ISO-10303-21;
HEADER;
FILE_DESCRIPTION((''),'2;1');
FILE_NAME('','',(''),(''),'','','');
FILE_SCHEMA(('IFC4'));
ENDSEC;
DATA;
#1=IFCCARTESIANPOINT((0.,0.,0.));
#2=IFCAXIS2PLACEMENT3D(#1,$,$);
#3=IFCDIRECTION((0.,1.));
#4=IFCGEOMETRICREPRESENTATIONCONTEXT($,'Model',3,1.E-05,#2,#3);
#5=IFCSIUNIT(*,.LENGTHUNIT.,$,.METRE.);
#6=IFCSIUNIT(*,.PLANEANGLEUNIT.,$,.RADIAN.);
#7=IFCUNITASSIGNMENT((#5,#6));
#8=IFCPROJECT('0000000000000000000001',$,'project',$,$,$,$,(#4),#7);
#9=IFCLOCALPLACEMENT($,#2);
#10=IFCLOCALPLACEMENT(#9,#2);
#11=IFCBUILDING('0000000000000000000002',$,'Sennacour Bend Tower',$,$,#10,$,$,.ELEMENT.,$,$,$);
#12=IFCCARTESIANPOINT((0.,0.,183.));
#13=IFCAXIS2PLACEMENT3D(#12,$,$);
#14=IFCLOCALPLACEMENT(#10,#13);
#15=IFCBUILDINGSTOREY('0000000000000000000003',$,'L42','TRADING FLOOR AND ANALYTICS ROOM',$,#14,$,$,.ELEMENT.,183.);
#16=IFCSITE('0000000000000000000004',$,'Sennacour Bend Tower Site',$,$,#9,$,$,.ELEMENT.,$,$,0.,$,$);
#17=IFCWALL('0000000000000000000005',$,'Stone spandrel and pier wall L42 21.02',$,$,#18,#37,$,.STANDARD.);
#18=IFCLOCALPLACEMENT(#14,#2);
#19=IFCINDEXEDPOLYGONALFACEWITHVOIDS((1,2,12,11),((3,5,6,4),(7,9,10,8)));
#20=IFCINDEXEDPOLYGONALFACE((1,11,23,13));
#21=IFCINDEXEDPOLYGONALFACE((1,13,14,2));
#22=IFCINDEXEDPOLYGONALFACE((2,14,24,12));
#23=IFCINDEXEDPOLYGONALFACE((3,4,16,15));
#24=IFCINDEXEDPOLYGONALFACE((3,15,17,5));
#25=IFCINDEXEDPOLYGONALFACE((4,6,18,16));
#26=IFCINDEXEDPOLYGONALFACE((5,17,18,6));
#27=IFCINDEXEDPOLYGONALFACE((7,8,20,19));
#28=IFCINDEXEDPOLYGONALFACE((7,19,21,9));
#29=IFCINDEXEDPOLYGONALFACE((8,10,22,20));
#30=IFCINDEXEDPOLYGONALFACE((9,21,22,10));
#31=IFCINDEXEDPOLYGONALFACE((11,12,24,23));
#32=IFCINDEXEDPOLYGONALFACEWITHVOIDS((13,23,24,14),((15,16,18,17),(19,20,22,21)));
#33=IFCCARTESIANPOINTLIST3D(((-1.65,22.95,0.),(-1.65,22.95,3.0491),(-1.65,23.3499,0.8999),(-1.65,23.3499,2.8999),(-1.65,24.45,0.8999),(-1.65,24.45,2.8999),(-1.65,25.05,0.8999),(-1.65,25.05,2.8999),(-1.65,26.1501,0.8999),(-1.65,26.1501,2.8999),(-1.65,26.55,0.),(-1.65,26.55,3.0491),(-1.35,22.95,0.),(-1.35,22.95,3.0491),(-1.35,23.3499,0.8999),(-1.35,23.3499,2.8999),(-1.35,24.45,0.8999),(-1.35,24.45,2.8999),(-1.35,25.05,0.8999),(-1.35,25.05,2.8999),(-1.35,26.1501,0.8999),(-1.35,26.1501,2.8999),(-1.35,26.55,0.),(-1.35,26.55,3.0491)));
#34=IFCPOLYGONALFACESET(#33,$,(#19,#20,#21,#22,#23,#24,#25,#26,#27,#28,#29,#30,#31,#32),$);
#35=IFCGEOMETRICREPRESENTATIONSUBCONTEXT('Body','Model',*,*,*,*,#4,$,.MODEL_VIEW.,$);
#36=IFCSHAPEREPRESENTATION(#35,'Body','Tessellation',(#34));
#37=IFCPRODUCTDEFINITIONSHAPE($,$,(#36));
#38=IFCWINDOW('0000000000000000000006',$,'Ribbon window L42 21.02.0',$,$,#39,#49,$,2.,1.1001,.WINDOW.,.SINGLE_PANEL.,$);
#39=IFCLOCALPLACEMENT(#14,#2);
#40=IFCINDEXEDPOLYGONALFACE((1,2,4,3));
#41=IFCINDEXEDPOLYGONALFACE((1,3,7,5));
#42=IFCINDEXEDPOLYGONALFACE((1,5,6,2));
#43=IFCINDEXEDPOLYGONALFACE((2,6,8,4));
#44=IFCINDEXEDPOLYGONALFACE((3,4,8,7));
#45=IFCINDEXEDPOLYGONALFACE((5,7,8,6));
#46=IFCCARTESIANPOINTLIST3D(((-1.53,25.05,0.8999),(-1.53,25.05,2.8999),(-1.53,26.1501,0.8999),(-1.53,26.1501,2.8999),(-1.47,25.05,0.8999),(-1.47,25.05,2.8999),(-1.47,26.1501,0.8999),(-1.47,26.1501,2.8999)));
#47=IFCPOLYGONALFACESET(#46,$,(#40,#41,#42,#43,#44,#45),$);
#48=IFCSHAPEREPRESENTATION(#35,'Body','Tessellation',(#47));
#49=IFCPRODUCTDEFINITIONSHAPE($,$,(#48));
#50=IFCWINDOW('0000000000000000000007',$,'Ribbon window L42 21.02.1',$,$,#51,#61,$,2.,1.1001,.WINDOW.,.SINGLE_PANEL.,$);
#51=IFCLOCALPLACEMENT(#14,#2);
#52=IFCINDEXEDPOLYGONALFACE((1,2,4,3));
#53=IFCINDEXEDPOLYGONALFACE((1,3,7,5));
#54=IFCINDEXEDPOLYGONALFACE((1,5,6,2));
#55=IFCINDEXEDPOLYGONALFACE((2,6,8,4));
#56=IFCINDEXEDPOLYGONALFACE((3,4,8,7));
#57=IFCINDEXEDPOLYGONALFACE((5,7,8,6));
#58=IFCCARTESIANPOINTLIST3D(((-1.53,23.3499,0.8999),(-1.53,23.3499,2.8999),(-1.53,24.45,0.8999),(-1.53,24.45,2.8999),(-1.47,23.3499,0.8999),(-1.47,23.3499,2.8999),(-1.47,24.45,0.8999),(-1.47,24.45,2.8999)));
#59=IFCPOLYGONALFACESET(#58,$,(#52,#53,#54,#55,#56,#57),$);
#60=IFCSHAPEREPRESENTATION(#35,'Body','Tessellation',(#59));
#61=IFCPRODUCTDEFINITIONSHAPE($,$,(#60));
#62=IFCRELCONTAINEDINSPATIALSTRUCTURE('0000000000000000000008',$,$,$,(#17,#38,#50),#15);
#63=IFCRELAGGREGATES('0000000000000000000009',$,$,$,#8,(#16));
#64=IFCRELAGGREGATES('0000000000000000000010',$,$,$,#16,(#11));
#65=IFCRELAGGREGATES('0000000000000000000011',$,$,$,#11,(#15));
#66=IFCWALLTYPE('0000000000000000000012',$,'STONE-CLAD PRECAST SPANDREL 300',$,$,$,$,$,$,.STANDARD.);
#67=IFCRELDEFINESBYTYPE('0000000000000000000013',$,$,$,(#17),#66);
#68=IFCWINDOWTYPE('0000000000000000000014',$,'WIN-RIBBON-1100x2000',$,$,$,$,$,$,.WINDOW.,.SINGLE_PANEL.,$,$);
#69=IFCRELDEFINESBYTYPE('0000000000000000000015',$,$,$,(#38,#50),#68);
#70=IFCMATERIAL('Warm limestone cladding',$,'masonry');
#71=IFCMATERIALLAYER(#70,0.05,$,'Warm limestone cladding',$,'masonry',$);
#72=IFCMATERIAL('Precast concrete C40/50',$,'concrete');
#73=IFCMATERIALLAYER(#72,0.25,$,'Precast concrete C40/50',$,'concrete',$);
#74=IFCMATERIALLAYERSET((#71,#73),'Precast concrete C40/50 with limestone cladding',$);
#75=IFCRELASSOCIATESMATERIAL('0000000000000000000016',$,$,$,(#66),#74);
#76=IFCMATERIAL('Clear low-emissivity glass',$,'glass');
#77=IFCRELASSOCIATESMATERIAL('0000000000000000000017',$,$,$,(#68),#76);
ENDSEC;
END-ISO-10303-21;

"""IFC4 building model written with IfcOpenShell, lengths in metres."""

from ifc_helpers import new_model, si_unit, direction, frame, frame_2d, origin, place, context, subcontext, project, spatial, rectangle, extrude, material, layer, layer_set, type_object, element, fill, save


model = new_model("IFC4")

# Units and contexts
model_context = context("Model", 3, precision=1e-05, world=origin(), true_north=direction((0.0, 1.0)))
body_context = subcontext(model_context, "Body", "Model", "MODEL_VIEW")
ifc_project = project(units=[si_unit("LENGTHUNIT", "METRE"), si_unit("PLANEANGLEUNIT", "RADIAN")], contexts=[model_context])

# Site, building, storey
site_placement = place(None, origin())
site = spatial("IfcSite", under=ifc_project, at=site_placement, Name="Sennacour Bend Tower Site", CompositionType="ELEMENT", RefElevation=0.0)
building_placement = place(site_placement, origin())
building = spatial("IfcBuilding", under=site, at=building_placement, Name="Sennacour Bend Tower", CompositionType="ELEMENT")
storey_placement = place(building_placement, frame((0.0, 0.0, 183.0)))
storey = spatial("IfcBuildingStorey", under=building, at=storey_placement, Name="L42", Description="TRADING FLOOR AND ANALYTICS ROOM", CompositionType="ELEMENT", Elevation=183.0)

# Wall, openings, windows
ifc_material_1 = material(Name="Warm limestone cladding", Category="masonry")
ifc_layer_1 = layer(ifc_material_1, 0.05, Name="Warm limestone cladding", Category="masonry")
ifc_material_2 = material(Name="Precast concrete C40/50", Category="concrete")
ifc_layer_2 = layer(ifc_material_2, 0.25, Name="Precast concrete C40/50", Category="concrete")
ifc_layer_set_1 = layer_set([ifc_layer_1, ifc_layer_2], Name="Precast concrete C40/50 with limestone cladding")
wall_type_1 = type_object("IfcWallType", Name="STONE-CLAD PRECAST SPANDREL 300", PredefinedType="STANDARD", material=ifc_layer_set_1)
ifc_material_3 = material(Name="Clear low-emissivity glass", Category="glass")
window_type = type_object("IfcWindowType", Name="WIN-RIBBON-1100x2000", PartitioningType="SINGLE_PANEL", PredefinedType="WINDOW", material=ifc_material_3)
wall_1_placement = place(storey_placement, frame((-1.5, 26.55, 0.0), z_axis=(0.0, 0.0, 1.0), x_axis=(0.0, -1.0, 0.0)))
wall_1 = element("IfcWall", 1, at=wall_1_placement, inside=storey, type_object=wall_type_1, Name="Stone spandrel and pier wall L42 21.02", PredefinedType="STANDARD", context=body_context, shape_type="SweptSolid", body=[
    extrude(rectangle(XDim=3.6001, YDim=0.3, at=frame_2d((1.8, 0.0))), origin(), (0.0, 0.0, 1.0), 3.0491),
])
opening_1_placement = place(wall_1_placement, frame((0.3999, 0.0, 0.8999)))
opening_1 = element("IfcOpeningElement", 2, at=opening_1_placement, cuts=wall_1, PredefinedType="OPENING", context=body_context, shape_type="SweptSolid", body=[
    extrude(rectangle(XDim=1.1001, YDim=2.0, at=frame_2d((0.55, 1.0))), frame((0.0, 0.1602, 0.0), z_axis=(0.0, -1.0, 0.0), x_axis=(1.0, 0.0, 0.0)), (0.0, 0.0, 1.0), 0.3201),
])
opening_2_placement = place(wall_1_placement, frame((2.1001, 0.0, 0.8999)))
opening_2 = element("IfcOpeningElement", 3, at=opening_2_placement, cuts=wall_1, PredefinedType="OPENING", context=body_context, shape_type="SweptSolid", body=[
    extrude(rectangle(XDim=1.1001, YDim=2.0, at=frame_2d((0.55, 1.0))), frame((0.0, 0.1602, 0.0), z_axis=(0.0, -1.0, 0.0), x_axis=(1.0, 0.0, 0.0)), (0.0, 0.0, 1.0), 0.3201),
])
window_1_placement = place(opening_1_placement, origin())
window_1 = element("IfcWindow", 4, at=window_1_placement, inside=storey, type_object=window_type, Name="Ribbon window L42 21.02.0", OverallHeight=2.0, OverallWidth=1.1001, PartitioningType="SINGLE_PANEL", PredefinedType="WINDOW", context=body_context, shape_type="SweptSolid", body=[
    extrude(rectangle(XDim=1.1001, YDim=2.0, at=frame_2d((0.55, 1.0))), frame((0.0, 0.03, 0.0), z_axis=(0.0, -1.0, 0.0), x_axis=(1.0, 0.0, 0.0)), (0.0, 0.0, 1.0), 0.0601),
])
fill(opening_1, window_1)
window_2_placement = place(opening_2_placement, origin())
window_2 = element("IfcWindow", 5, at=window_2_placement, inside=storey, type_object=window_type, Name="Ribbon window L42 21.02.1", OverallHeight=2.0, OverallWidth=1.1001, PartitioningType="SINGLE_PANEL", PredefinedType="WINDOW", context=body_context, shape_type="SweptSolid", body=[
    extrude(rectangle(XDim=1.1001, YDim=2.0, at=frame_2d((0.55, 1.0))), frame((0.0, 0.03, 0.0), z_axis=(0.0, -1.0, 0.0), x_axis=(1.0, 0.0, 0.0)), (0.0, 0.0, 1.0), 0.0601),
])
fill(opening_2, window_2)

save(model, "model.ifc")
